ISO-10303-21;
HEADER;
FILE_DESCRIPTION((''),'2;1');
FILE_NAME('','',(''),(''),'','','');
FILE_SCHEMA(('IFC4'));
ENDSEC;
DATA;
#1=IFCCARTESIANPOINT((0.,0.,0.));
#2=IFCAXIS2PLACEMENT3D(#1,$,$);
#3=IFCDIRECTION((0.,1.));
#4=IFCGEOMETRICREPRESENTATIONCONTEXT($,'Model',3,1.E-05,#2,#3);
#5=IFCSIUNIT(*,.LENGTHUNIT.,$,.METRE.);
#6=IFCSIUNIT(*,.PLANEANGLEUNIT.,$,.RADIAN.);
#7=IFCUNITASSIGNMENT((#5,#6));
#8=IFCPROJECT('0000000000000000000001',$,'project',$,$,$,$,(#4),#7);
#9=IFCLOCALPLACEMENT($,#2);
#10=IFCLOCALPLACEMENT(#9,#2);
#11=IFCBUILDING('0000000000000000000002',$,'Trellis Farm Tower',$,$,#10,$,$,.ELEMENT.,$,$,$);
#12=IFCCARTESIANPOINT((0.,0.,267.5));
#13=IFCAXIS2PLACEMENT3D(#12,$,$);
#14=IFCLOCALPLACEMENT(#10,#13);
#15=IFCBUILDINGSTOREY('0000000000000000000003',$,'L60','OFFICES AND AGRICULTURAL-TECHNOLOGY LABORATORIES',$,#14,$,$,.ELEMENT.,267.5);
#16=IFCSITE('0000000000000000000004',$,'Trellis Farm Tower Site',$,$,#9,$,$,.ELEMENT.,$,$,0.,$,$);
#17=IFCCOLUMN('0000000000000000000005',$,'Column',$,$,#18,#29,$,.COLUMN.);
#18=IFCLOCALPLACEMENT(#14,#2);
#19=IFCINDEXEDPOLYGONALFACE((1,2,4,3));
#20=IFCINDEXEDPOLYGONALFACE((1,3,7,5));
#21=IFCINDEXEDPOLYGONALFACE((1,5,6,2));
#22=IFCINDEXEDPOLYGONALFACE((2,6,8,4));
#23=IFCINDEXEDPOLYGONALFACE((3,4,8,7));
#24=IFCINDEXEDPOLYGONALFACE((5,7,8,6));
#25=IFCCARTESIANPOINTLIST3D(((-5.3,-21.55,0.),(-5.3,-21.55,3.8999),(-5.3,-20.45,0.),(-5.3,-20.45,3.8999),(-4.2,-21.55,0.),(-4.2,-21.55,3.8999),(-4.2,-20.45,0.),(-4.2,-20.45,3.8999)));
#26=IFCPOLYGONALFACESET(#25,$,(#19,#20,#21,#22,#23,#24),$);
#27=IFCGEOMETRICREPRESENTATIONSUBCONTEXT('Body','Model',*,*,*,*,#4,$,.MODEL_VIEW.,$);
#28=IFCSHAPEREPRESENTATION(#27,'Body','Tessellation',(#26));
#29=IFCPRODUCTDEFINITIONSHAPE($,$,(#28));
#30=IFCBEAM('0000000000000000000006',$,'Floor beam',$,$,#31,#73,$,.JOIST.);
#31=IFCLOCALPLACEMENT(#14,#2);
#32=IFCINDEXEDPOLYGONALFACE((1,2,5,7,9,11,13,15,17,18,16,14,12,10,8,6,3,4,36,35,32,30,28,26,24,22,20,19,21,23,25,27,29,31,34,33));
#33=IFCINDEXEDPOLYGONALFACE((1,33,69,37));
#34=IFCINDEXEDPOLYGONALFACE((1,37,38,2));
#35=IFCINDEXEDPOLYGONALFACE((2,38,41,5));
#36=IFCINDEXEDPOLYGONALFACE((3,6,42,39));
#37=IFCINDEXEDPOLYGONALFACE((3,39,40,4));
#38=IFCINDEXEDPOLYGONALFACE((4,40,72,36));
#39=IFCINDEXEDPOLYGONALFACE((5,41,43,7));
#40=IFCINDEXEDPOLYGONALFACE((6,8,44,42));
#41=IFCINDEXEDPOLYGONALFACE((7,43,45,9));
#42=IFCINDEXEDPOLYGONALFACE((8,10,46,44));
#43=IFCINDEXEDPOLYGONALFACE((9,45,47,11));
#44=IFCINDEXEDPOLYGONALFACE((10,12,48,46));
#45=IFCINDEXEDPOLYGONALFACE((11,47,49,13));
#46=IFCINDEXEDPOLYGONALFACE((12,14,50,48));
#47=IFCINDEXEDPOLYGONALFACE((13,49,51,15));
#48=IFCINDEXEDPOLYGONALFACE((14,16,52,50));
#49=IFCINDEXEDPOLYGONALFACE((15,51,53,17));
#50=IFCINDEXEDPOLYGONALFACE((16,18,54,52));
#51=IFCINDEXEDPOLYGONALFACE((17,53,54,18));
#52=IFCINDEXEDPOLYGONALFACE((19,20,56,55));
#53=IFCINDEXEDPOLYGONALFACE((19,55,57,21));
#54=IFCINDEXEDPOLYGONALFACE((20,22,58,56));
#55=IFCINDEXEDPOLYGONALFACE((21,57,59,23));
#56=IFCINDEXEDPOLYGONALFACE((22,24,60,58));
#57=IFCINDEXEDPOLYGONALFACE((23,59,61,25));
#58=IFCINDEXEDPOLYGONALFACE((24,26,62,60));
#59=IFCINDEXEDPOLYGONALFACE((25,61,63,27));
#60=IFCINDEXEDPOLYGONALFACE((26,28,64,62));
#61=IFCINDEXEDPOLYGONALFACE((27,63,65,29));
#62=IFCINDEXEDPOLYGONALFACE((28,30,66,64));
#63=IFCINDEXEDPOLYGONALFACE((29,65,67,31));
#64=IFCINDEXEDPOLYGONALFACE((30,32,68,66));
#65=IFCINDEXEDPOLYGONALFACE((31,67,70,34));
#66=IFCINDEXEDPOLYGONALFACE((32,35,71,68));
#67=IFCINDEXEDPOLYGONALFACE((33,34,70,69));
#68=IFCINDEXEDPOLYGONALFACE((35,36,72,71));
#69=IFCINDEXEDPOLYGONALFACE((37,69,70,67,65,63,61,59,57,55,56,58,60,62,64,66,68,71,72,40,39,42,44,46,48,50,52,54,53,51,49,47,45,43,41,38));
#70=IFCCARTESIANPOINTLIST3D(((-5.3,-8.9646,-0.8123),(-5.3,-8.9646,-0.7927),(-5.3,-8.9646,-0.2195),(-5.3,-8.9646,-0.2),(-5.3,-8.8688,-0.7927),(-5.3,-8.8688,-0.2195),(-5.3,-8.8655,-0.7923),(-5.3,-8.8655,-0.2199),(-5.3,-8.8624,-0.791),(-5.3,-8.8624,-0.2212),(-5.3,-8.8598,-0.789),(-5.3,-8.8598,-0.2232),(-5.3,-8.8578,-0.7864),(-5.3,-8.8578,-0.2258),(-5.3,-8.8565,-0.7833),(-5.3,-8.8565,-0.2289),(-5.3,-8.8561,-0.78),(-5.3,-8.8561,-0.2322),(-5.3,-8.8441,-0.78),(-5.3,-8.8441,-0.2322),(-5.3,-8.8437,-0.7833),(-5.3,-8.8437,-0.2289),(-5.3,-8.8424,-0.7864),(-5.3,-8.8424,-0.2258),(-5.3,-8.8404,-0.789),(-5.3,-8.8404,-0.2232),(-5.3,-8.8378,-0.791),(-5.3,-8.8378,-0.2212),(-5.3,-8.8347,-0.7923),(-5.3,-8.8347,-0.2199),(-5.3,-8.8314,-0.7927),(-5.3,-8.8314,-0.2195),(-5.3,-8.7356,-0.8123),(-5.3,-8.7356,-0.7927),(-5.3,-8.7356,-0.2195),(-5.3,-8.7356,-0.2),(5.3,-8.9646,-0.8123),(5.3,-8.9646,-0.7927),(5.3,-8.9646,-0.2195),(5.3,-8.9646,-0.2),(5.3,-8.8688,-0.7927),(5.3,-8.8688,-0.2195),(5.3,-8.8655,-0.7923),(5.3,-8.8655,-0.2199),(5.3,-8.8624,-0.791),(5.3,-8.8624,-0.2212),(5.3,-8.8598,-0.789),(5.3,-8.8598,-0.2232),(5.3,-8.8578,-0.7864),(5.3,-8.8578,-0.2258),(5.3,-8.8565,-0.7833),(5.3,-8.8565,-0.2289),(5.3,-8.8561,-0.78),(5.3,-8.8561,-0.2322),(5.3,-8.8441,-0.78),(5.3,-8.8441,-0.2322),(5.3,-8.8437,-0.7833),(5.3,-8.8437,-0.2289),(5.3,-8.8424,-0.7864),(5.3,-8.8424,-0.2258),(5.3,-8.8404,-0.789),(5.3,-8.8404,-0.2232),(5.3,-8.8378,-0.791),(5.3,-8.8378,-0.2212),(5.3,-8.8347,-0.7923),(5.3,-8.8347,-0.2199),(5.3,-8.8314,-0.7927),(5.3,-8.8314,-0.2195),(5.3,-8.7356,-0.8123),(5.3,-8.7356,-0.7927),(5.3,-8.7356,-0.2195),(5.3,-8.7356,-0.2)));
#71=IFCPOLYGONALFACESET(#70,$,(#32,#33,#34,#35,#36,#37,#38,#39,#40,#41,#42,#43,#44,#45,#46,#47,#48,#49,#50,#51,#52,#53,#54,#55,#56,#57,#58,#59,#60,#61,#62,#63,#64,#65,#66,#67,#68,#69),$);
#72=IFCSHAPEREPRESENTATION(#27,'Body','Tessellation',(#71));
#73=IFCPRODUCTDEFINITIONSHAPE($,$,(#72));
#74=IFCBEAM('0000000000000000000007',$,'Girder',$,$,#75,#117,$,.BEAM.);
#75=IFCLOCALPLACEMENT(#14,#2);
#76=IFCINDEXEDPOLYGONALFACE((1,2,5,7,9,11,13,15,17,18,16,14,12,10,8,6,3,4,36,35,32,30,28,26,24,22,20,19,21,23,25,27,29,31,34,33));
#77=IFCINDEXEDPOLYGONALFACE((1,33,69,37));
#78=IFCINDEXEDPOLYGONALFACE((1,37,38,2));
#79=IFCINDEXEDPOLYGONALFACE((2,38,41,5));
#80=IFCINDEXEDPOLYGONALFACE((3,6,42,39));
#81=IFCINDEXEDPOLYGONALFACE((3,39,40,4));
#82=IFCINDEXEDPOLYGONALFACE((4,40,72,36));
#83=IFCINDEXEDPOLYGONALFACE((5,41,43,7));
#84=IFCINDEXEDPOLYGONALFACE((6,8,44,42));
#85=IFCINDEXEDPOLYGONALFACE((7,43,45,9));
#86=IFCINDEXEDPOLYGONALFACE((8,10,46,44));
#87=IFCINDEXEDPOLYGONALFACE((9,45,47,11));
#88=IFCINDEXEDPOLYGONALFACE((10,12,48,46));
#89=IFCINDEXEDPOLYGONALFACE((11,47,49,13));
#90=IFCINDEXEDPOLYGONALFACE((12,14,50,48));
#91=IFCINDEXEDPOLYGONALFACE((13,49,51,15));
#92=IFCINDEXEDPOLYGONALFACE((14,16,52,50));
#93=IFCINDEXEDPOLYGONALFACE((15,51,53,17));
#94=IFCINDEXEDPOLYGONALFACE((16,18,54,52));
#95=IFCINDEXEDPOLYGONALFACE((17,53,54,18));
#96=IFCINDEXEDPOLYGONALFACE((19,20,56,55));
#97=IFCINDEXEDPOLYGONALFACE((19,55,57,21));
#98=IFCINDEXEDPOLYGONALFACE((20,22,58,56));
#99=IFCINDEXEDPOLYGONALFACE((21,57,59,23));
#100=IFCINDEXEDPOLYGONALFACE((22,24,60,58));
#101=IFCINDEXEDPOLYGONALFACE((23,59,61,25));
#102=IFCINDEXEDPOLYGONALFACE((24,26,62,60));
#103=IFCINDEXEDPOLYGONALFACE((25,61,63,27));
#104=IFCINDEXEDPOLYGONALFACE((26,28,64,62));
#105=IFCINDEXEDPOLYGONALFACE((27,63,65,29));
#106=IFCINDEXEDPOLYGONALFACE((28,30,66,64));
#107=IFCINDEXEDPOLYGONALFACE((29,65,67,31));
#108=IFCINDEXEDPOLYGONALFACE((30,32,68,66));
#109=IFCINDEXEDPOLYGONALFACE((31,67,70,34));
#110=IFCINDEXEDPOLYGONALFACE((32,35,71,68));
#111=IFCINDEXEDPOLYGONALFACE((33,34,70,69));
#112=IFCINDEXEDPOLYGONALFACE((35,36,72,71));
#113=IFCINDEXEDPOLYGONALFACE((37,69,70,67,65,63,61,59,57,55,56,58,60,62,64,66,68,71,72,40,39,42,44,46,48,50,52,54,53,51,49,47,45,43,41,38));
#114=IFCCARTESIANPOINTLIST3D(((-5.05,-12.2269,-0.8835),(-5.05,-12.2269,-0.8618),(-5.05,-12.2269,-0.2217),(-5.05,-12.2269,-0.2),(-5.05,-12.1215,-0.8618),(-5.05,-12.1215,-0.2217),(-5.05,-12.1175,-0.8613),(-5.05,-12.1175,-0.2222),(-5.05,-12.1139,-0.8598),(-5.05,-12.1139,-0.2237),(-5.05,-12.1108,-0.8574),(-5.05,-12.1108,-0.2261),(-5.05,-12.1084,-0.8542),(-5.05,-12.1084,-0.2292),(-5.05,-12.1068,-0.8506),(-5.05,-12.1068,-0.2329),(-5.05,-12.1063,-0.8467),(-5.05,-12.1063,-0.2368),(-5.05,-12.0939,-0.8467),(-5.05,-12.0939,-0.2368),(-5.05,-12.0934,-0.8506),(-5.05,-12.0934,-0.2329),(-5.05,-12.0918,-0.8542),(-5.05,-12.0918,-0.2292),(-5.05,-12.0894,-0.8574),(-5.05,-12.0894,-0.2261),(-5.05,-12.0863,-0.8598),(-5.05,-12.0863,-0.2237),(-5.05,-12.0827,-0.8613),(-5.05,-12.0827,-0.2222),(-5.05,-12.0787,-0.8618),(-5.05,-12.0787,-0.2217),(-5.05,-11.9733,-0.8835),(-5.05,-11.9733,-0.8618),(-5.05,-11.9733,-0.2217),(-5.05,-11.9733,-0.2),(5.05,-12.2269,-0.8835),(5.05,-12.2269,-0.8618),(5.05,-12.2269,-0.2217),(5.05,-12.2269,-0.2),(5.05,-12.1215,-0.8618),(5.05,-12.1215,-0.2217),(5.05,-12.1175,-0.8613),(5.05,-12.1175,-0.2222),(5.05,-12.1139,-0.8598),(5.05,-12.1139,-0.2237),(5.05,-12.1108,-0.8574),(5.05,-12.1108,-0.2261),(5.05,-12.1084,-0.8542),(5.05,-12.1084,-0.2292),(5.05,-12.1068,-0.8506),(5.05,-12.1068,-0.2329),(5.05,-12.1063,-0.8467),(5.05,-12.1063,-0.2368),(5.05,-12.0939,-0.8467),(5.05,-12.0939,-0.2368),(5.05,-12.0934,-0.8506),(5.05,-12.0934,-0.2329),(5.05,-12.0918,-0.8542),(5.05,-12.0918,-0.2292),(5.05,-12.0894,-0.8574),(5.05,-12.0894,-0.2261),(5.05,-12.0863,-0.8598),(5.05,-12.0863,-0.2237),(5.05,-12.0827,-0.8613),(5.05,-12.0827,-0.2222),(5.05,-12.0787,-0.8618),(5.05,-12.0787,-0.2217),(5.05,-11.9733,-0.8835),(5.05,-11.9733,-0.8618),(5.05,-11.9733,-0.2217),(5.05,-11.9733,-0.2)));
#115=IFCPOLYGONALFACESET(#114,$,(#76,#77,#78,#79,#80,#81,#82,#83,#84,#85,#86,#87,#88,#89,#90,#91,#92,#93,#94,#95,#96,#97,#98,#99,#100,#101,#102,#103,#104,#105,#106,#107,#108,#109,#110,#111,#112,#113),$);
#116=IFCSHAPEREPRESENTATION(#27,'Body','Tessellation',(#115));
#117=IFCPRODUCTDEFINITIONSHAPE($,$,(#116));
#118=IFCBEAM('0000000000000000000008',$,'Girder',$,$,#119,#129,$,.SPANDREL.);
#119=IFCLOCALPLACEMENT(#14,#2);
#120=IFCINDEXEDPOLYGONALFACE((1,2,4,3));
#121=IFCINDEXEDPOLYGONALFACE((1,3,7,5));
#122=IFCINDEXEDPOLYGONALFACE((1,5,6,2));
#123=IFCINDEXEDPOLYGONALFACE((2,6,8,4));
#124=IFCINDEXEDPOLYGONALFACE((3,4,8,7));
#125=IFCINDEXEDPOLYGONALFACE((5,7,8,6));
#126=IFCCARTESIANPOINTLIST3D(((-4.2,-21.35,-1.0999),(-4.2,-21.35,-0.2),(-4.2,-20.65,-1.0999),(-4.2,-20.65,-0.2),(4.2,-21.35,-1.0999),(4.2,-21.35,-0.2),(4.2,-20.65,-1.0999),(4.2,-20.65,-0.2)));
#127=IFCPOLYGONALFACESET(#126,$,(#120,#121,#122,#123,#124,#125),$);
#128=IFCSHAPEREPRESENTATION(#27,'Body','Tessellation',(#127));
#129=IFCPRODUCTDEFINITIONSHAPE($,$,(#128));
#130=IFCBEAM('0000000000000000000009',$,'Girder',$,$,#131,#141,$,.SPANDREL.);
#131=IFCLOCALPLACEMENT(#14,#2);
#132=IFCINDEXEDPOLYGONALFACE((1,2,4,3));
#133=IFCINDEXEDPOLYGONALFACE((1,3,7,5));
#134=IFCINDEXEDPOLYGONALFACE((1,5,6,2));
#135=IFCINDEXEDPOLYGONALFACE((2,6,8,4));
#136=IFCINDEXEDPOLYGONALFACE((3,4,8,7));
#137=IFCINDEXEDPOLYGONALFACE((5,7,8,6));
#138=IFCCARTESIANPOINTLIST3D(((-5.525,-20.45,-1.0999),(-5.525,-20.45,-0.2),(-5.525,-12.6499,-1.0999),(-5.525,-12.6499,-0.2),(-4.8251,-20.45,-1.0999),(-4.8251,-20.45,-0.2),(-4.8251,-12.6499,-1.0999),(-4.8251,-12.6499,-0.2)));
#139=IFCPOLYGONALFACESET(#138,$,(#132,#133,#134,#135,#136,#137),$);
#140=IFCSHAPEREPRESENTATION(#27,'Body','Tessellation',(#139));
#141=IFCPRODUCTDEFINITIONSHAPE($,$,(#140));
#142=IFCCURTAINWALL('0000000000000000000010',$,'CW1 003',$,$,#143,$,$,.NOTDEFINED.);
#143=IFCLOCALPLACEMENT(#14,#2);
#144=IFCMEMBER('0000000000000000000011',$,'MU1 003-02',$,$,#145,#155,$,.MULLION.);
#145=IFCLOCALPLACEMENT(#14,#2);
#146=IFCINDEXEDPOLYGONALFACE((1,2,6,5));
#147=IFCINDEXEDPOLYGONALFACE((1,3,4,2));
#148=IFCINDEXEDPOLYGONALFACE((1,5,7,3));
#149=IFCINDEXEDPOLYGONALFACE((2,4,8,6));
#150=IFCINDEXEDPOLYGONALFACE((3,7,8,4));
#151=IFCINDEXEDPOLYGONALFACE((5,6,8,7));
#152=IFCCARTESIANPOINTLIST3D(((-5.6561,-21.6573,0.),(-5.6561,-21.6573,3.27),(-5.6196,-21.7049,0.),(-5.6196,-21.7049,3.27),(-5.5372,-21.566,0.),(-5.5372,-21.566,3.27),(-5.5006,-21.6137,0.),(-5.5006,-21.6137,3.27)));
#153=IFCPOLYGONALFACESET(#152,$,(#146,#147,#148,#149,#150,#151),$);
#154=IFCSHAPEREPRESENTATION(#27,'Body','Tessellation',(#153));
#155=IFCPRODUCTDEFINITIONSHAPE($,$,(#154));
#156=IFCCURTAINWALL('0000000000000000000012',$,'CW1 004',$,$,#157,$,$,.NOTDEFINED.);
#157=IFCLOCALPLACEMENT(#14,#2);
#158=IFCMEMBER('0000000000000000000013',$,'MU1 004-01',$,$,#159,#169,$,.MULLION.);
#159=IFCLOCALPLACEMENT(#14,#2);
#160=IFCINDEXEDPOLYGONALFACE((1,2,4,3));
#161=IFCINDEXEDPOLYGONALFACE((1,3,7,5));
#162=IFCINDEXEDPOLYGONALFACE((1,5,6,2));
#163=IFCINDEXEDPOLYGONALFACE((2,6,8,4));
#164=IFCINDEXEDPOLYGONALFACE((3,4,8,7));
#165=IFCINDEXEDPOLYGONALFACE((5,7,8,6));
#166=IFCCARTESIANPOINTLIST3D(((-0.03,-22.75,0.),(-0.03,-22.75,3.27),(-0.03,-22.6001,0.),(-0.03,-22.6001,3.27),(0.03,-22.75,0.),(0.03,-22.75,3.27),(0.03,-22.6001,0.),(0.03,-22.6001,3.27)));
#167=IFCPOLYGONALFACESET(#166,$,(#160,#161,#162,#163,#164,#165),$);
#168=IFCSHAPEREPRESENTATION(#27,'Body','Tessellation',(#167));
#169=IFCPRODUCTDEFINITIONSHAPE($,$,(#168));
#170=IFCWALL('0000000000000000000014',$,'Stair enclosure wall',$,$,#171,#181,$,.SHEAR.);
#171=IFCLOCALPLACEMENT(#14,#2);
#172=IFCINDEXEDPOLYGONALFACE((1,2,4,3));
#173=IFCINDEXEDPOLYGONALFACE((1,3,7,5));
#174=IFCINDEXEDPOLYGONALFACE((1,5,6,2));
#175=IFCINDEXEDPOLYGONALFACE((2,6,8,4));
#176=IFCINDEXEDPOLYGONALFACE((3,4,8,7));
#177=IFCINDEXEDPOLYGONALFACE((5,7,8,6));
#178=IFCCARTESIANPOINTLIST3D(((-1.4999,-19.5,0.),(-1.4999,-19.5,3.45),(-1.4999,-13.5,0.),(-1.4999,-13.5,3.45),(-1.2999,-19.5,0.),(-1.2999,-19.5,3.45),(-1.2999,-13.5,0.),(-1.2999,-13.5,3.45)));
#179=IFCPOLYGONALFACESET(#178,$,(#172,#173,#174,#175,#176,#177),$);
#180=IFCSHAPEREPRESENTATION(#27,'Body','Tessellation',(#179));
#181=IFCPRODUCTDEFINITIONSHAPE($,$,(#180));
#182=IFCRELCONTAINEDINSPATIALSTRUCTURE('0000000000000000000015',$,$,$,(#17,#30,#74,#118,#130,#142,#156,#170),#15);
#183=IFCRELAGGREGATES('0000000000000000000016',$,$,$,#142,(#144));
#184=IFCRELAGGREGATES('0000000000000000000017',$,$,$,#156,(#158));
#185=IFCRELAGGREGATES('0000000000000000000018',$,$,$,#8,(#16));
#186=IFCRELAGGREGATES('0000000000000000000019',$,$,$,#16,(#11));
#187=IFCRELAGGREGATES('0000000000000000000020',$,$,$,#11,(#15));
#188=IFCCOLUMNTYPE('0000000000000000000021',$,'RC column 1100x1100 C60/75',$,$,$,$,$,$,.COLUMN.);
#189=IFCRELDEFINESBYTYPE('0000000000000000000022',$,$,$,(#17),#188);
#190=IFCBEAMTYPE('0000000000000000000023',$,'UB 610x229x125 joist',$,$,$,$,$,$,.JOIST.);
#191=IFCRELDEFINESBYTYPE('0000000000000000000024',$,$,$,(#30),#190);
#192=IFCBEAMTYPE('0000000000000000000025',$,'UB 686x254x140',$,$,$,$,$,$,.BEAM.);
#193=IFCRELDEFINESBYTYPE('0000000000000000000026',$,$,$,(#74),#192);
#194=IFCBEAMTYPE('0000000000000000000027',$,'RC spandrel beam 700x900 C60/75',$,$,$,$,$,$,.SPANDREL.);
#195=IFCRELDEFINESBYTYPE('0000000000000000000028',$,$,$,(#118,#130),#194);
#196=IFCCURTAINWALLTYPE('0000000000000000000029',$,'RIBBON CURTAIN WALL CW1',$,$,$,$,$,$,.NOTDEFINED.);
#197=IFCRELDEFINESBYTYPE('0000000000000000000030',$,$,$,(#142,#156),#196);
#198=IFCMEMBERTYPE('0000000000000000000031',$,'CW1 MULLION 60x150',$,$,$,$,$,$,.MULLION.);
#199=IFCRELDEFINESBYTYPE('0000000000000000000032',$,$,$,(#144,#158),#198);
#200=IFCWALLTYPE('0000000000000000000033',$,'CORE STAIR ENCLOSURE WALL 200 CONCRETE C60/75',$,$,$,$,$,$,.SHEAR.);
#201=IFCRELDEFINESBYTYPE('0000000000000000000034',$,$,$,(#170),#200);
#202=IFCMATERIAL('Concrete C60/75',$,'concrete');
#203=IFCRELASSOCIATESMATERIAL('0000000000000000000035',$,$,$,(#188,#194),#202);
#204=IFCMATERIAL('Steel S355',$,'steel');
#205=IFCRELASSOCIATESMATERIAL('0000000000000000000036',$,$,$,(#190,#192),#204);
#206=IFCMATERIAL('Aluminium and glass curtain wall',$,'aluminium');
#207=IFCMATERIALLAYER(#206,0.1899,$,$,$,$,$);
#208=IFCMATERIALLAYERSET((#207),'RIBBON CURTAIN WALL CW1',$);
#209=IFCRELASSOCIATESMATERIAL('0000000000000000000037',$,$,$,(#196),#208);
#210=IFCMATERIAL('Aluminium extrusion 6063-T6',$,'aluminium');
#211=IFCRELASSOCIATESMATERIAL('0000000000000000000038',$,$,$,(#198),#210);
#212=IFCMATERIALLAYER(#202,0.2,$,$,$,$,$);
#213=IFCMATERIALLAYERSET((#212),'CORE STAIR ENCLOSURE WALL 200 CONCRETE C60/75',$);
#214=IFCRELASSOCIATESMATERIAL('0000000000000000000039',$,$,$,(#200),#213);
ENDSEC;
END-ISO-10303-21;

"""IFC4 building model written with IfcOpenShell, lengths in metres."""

from ifc_helpers import new_model, si_unit, direction, frame, frame_2d, origin, origin_2d, place, context, subcontext, project, spatial, rectangle, i_section, extrude, source, transform, mapped, material, layer, layer_set, material_profile, profile_set, type_object, element, aggregate, save


model = new_model("IFC4")

# Units and contexts
model_context = context("Model", 3, precision=1e-05, world=origin(), true_north=direction((0.0, 1.0)))
body_context = subcontext(model_context, "Body", "Model", "MODEL_VIEW")
ifc_project = project(units=[si_unit("LENGTHUNIT", "METRE"), si_unit("PLANEANGLEUNIT", "RADIAN")], contexts=[model_context])

# Site, building, storey
site_placement = place(None, origin())
site = spatial("IfcSite", under=ifc_project, at=site_placement, Name="Trellis Farm Tower Site", CompositionType="ELEMENT", RefElevation=0.0)
building_placement = place(site_placement, origin())
building = spatial("IfcBuilding", under=site, at=building_placement, Name="Trellis Farm Tower", CompositionType="ELEMENT")
storey_placement = place(building_placement, frame((0.0, 0.0, 267.5)))
storey = spatial("IfcBuildingStorey", under=building, at=storey_placement, Name="L60", Description="OFFICES AND AGRICULTURAL-TECHNOLOGY LABORATORIES", CompositionType="ELEMENT", Elevation=267.5)

# Column
ifc_material_1 = material(Name="Concrete C60/75", Category="concrete")
ifc_material_profile_1 = material_profile(ifc_material_1, rectangle(XDim=1.1001, YDim=1.1001, at=origin_2d()), Name="RC column 1100x1100 C60/75")
ifc_profile_set_1 = profile_set([ifc_material_profile_1], Name="Concrete C60/75")
column_type = type_object("IfcColumnType", Name="RC column 1100x1100 C60/75", PredefinedType="COLUMN", material=ifc_profile_set_1)
shared_shape_1 = source(origin(), body_context, "Body", "SweptSolid", [
    extrude(rectangle(XDim=1.1001, YDim=1.1001, at=origin_2d()), origin(), (0.0, 0.0, 1.0), 3.8999),
])
column_placement = place(storey_placement, frame((-4.75, -21.0, 0.0), z_axis=(0.0, 0.0, 1.0), x_axis=(1.0, 0.0, 0.0)))
element("IfcColumn", 1, at=column_placement, inside=storey, type_object=column_type, Name="Column", PredefinedType="COLUMN", context=body_context, shape_type="MappedRepresentation", body=[
    mapped(shared_shape_1, transform((0.0, 0.0, 0.0))),
])

# Beams
ifc_material_2 = material(Name="Steel S355", Category="steel")
ifc_material_profile_2 = material_profile(ifc_material_2, i_section(OverallWidth=0.229, OverallDepth=0.6123, WebThickness=0.012, FlangeThickness=0.0195, FilletRadius=0.0127, at=origin_2d()), Name="UB 610x229x125")
ifc_profile_set_2 = profile_set([ifc_material_profile_2], Name="Steel S355")
beam_type_1 = type_object("IfcBeamType", Name="UB 610x229x125 joist", PredefinedType="JOIST", material=ifc_profile_set_2)
shared_shape_2 = source(origin(), body_context, "Body", "SweptSolid", [
    extrude(i_section(OverallWidth=0.229, OverallDepth=0.6123, WebThickness=0.012, FlangeThickness=0.0195, FilletRadius=0.0127, at=origin_2d()), origin(), (0.0, 0.0, 1.0), 10.6001),
])
beam_1_placement = place(storey_placement, frame((-5.3, -8.8501, -0.5061), z_axis=(1.0, 0.0, 0.0), x_axis=(0.0, 1.0, 0.0)))
element("IfcBeam", 2, at=beam_1_placement, inside=storey, type_object=beam_type_1, Name="Floor beam", PredefinedType="JOIST", context=body_context, shape_type="MappedRepresentation", body=[
    mapped(shared_shape_2, transform((0.0, 0.0, 0.0))),
])
ifc_material_profile_3 = material_profile(ifc_material_2, i_section(OverallWidth=0.2537, OverallDepth=0.6836, WebThickness=0.0125, FlangeThickness=0.0217, FilletRadius=0.0151, at=origin_2d()), Name="UB 686x254x140")
ifc_profile_set_3 = profile_set([ifc_material_profile_3], Name="Steel S355")
beam_type_2 = type_object("IfcBeamType", Name="UB 686x254x140", PredefinedType="BEAM", material=ifc_profile_set_3)
shared_shape_3 = source(origin(), body_context, "Body", "SweptSolid", [
    extrude(i_section(OverallWidth=0.2537, OverallDepth=0.6836, WebThickness=0.0125, FlangeThickness=0.0217, FilletRadius=0.0151, at=origin_2d()), origin(), (0.0, 0.0, 1.0), 10.1001),
])
beam_2_placement = place(storey_placement, frame((-5.05, -12.1001, -0.5417), z_axis=(1.0, 0.0, 0.0), x_axis=(0.0, 1.0, 0.0)))
element("IfcBeam", 3, at=beam_2_placement, inside=storey, type_object=beam_type_2, Name="Girder", PredefinedType="BEAM", context=body_context, shape_type="MappedRepresentation", body=[
    mapped(shared_shape_3, transform((0.0, 0.0, 0.0))),
])
ifc_material_profile_4 = material_profile(ifc_material_1, rectangle(XDim=0.7, YDim=0.8999, at=origin_2d()), Name="RC spandrel beam 700x900 C60/75")
ifc_profile_set_4 = profile_set([ifc_material_profile_4], Name="Concrete C60/75")
beam_type_3 = type_object("IfcBeamType", Name="RC spandrel beam 700x900 C60/75", PredefinedType="SPANDREL", material=ifc_profile_set_4)
shared_shape_4 = source(origin(), body_context, "Body", "SweptSolid", [
    extrude(rectangle(XDim=0.7, YDim=0.8999, at=origin_2d()), origin(), (0.0, 0.0, 1.0), 8.3999),
])
beam_3_placement = place(storey_placement, frame((-4.2, -21.0, -0.6499), z_axis=(1.0, 0.0, 0.0), x_axis=(0.0, 1.0, 0.0)))
element("IfcBeam", 4, at=beam_3_placement, inside=storey, type_object=beam_type_3, Name="Girder", PredefinedType="SPANDREL", context=body_context, shape_type="MappedRepresentation", body=[
    mapped(shared_shape_4, transform((0.0, 0.0, 0.0))),
])
shared_shape_5 = source(origin(), body_context, "Body", "SweptSolid", [
    extrude(rectangle(XDim=0.7, YDim=0.8999, at=origin_2d()), origin(), (0.0, 0.0, 1.0), 7.8),
])
beam_4_placement = place(storey_placement, frame((-5.175, -20.45, -0.6499), z_axis=(0.0, 1.0, 0.0), x_axis=(-1.0, 0.0, 0.0)))
element("IfcBeam", 5, at=beam_4_placement, inside=storey, type_object=beam_type_3, Name="Girder", PredefinedType="SPANDREL", context=body_context, shape_type="MappedRepresentation", body=[
    mapped(shared_shape_5, transform((0.0, 0.0, 0.0))),
])

# Curtain walls, members
ifc_material_3 = material(Name="Aluminium and glass curtain wall", Category="aluminium")
ifc_layer_1 = layer(ifc_material_3, 0.1899)
ifc_layer_set_1 = layer_set([ifc_layer_1], Name="RIBBON CURTAIN WALL CW1")
curtain_wall_type = type_object("IfcCurtainWallType", Name="RIBBON CURTAIN WALL CW1", PredefinedType="NOTDEFINED", material=ifc_layer_set_1)
placement = place(storey_placement, origin())
curtain_wall_1 = element("IfcCurtainWall", 6, at=placement, inside=storey, type_object=curtain_wall_type, Name="CW1 003", PredefinedType="NOTDEFINED")
ifc_material_4 = material(Name="Aluminium extrusion 6063-T6", Category="aluminium")
ifc_material_profile_5 = material_profile(ifc_material_4, rectangle(XDim=0.0601, YDim=0.1499, at=origin_2d()), Name="MULLION 60x150")
ifc_profile_set_5 = profile_set([ifc_material_profile_5], Name="Aluminium extrusion 6063-T6")
member_type = type_object("IfcMemberType", Name="CW1 MULLION 60x150", PredefinedType="MULLION", material=ifc_profile_set_5)
shared_shape_6 = source(origin(), body_context, "Body", "SweptSolid", [
    extrude(rectangle(XDim=0.0601, YDim=0.1499, at=origin_2d()), origin(), (0.0, 0.0, 1.0), 3.27),
])
member_1_placement = place(storey_placement, frame((-5.5784, -21.6355, 0.0), z_axis=(0.0, 0.0, 1.0), x_axis=(0.608761, -0.793353, 0.0)))
member_1 = element("IfcMember", 7, at=member_1_placement, type_object=member_type, Name="MU1 003-02", PredefinedType="MULLION", context=body_context, shape_type="MappedRepresentation", body=[
    mapped(shared_shape_6, transform((0.0, 0.0, 0.0))),
])
aggregate(curtain_wall_1, [member_1])
curtain_wall_2 = element("IfcCurtainWall", 8, at=placement, inside=storey, type_object=curtain_wall_type, Name="CW1 004", PredefinedType="NOTDEFINED")
member_2_placement = place(storey_placement, frame((0.0, -22.675, 0.0), z_axis=(0.0, 0.0, 1.0), x_axis=(1.0, 0.0, 0.0)))
member_2 = element("IfcMember", 9, at=member_2_placement, type_object=member_type, Name="MU1 004-01", PredefinedType="MULLION", context=body_context, shape_type="MappedRepresentation", body=[
    mapped(shared_shape_6, transform((0.0, 0.0, 0.0))),
])
aggregate(curtain_wall_2, [member_2])

# Wall
ifc_layer_2 = layer(ifc_material_1, 0.2)
ifc_layer_set_2 = layer_set([ifc_layer_2], Name="CORE STAIR ENCLOSURE WALL 200 CONCRETE C60/75")
wall_type_1 = type_object("IfcWallType", Name="CORE STAIR ENCLOSURE WALL 200 CONCRETE C60/75", PredefinedType="SHEAR", material=ifc_layer_set_2)
shared_shape_7 = source(origin(), body_context, "Body", "SweptSolid", [
    extrude(rectangle(XDim=6.0, YDim=0.2, at=frame_2d((3.0, 0.0))), origin(), (0.0, 0.0, 1.0), 3.45),
])
wall_1_placement = place(storey_placement, frame((-1.3999, -13.5, 0.0), z_axis=(0.0, 0.0, 1.0), x_axis=(0.0, -1.0, 0.0)))
element("IfcWall", 10, at=wall_1_placement, inside=storey, type_object=wall_type_1, Name="Stair enclosure wall", PredefinedType="SHEAR", context=body_context, shape_type="MappedRepresentation", body=[
    mapped(shared_shape_7, transform((0.0, 0.0, 0.0))),
])

save(model, "model.ifc")
